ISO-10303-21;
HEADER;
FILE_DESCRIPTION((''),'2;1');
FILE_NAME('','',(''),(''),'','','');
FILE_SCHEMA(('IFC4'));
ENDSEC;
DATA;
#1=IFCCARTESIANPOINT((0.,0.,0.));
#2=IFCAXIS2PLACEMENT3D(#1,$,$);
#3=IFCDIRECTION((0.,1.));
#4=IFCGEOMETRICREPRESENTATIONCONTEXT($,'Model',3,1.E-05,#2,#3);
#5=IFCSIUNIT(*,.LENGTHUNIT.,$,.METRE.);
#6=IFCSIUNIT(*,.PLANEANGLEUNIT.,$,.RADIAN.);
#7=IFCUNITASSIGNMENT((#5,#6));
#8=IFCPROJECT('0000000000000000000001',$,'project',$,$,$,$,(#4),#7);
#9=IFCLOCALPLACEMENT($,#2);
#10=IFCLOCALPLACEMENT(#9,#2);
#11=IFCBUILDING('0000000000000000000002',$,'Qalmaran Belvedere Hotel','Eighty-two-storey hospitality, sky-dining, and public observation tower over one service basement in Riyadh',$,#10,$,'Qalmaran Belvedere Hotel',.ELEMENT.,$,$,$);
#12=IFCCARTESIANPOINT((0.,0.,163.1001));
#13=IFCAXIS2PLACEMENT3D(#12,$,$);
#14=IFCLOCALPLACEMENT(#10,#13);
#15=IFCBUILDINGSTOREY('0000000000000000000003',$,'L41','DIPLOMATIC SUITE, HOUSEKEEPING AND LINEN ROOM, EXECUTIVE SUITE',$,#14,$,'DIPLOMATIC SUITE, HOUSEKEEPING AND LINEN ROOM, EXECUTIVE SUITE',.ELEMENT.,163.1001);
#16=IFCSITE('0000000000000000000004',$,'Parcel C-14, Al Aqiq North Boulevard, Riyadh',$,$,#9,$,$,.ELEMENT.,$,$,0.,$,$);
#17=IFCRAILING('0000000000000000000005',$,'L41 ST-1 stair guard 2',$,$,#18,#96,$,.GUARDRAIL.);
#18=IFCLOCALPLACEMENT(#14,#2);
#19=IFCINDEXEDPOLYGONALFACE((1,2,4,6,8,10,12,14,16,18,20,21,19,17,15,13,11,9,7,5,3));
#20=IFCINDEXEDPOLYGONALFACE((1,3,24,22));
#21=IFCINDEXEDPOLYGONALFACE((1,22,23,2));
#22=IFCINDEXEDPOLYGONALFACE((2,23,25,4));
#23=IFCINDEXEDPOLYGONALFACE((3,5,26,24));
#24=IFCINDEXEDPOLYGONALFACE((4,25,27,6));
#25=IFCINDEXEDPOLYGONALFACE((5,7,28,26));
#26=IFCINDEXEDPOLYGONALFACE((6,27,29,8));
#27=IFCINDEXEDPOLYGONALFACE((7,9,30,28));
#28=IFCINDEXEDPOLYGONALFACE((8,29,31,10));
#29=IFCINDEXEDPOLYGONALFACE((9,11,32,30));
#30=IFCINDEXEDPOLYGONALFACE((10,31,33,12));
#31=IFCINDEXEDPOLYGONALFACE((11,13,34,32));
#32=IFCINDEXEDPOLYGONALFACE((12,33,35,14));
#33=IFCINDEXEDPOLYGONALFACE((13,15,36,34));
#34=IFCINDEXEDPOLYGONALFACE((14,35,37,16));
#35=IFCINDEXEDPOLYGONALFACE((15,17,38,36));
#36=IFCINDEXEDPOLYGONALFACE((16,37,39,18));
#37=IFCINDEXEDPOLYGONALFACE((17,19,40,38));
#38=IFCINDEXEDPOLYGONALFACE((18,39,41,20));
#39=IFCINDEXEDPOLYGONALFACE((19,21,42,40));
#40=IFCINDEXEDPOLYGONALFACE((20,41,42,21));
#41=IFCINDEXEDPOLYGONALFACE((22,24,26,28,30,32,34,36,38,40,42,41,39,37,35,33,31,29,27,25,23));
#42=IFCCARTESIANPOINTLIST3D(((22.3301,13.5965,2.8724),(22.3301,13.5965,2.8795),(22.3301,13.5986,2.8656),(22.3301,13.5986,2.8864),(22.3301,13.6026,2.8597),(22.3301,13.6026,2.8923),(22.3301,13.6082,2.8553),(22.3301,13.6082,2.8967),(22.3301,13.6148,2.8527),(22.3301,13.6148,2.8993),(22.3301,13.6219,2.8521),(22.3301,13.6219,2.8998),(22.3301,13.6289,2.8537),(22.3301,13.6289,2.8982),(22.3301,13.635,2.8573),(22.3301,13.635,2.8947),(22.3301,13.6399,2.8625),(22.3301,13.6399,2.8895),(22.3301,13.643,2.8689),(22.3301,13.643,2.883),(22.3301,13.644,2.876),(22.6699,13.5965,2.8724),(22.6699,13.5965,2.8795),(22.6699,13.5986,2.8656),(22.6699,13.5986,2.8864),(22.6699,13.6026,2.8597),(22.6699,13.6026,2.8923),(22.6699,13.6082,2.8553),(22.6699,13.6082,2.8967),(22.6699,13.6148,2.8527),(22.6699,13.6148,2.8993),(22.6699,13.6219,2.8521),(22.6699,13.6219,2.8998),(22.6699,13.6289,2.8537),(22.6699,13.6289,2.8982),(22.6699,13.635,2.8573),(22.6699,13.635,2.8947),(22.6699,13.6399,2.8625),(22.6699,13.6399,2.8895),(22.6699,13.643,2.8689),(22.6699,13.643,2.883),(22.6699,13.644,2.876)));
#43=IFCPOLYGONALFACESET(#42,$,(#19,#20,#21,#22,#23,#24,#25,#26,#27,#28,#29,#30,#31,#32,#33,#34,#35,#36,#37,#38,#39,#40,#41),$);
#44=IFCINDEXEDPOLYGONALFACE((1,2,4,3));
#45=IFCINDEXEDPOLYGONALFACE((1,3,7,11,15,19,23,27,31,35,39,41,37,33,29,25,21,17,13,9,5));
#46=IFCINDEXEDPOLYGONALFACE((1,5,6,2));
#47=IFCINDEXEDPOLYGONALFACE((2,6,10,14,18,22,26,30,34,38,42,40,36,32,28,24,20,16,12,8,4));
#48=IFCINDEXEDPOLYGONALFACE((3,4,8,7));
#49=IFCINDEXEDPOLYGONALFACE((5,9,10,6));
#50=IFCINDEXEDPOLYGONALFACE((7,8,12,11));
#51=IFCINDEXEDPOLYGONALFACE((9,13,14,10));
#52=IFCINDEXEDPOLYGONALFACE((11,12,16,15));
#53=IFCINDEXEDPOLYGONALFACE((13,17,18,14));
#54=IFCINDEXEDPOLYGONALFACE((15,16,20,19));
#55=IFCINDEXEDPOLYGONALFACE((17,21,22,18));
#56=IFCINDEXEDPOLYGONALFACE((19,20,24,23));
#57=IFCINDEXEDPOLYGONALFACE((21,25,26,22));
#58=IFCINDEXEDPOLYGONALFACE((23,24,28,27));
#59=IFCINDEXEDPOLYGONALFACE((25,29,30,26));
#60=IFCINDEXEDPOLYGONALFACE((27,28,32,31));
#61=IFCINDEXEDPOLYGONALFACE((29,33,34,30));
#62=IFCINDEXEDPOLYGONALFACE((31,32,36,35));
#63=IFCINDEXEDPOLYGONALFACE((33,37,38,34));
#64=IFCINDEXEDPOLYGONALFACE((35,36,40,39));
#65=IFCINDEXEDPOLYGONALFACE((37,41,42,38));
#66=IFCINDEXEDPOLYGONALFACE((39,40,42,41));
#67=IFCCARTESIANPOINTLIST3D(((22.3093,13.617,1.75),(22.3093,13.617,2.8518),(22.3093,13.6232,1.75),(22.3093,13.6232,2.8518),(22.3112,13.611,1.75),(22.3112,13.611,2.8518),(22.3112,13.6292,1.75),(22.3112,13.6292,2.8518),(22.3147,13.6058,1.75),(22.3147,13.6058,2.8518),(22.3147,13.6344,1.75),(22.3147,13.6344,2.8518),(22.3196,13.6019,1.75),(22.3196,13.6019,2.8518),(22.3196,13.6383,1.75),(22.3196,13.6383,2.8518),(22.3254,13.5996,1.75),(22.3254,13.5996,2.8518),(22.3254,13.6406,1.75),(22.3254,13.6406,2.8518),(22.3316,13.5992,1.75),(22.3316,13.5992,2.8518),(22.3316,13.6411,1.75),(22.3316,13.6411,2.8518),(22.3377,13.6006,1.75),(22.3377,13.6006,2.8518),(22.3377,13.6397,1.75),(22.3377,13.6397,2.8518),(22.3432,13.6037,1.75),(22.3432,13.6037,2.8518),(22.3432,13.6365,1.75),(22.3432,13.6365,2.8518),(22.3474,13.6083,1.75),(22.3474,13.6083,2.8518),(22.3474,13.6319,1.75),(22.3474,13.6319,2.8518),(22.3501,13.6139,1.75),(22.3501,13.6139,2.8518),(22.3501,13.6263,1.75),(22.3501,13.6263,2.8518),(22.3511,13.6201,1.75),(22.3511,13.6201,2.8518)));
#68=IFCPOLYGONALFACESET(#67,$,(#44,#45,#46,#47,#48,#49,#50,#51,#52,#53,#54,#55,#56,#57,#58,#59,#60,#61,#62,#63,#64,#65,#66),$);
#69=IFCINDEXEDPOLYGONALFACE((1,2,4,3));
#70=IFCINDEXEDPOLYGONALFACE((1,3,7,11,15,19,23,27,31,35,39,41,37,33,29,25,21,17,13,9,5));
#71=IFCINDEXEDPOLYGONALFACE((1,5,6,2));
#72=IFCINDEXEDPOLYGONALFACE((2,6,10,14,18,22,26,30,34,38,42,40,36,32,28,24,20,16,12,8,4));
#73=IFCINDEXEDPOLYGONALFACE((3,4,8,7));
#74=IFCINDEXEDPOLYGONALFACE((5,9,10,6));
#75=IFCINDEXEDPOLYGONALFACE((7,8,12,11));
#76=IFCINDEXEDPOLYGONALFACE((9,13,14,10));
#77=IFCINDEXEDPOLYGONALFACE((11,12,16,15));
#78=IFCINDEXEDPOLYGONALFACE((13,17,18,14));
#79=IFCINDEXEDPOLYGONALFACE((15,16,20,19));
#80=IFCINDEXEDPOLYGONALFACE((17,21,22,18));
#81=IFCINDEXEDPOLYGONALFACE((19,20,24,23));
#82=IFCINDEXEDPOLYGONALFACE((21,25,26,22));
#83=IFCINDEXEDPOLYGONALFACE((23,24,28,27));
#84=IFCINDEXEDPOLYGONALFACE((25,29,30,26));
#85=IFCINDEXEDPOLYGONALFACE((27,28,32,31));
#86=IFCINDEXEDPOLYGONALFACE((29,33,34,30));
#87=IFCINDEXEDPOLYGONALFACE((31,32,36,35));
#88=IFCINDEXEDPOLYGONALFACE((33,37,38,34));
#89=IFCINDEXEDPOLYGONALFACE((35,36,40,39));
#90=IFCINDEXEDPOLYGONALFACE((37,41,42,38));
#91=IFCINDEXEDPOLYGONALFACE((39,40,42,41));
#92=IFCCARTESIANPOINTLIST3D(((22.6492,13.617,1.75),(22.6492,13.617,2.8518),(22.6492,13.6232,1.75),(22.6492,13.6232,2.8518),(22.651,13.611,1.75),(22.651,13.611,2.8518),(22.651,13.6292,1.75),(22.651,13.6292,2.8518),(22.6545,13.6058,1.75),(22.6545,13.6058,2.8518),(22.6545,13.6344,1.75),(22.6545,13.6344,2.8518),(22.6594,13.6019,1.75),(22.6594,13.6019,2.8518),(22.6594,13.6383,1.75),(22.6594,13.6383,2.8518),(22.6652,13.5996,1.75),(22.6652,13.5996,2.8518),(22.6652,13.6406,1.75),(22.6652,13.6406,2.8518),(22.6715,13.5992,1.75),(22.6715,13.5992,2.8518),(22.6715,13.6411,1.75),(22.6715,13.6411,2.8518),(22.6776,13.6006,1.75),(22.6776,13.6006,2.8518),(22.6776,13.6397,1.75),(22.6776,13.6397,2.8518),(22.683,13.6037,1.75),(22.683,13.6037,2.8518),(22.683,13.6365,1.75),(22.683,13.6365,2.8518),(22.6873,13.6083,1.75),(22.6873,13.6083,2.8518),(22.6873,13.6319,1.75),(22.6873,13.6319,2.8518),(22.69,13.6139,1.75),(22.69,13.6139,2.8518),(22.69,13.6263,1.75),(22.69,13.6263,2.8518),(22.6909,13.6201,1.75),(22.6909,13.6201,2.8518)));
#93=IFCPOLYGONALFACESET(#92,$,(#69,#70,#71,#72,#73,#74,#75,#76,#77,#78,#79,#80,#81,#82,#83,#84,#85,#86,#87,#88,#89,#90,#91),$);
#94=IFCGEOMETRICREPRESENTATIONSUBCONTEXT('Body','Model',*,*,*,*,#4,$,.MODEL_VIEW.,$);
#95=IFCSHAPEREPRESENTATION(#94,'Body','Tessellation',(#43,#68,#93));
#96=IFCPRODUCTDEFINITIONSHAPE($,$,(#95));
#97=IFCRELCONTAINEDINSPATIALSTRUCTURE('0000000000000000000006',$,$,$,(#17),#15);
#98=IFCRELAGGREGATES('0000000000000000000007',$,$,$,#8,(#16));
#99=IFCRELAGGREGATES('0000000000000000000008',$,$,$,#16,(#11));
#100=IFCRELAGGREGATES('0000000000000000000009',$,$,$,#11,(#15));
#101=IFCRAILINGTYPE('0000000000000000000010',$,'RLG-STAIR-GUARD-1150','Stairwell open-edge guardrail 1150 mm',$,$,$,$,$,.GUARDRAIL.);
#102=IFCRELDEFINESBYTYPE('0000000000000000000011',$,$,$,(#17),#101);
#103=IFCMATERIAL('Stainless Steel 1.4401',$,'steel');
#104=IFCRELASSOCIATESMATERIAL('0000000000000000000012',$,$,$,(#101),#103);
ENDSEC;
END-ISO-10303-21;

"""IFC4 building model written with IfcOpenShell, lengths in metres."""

from ifc_helpers import new_model, si_unit, direction, frame, origin, origin_2d, place, context, subcontext, project, spatial, circle, extrude, material, type_object, element, save


model = new_model("IFC4")

# Units and contexts
model_context = context("Model", 3, precision=1e-05, world=origin(), true_north=direction((0.0, 1.0)))
body_context = subcontext(model_context, "Body", "Model", "MODEL_VIEW")
ifc_project = project(units=[si_unit("LENGTHUNIT", "METRE"), si_unit("PLANEANGLEUNIT", "RADIAN")], contexts=[model_context])

# Site, building, storey
site_placement = place(None, origin())
site = spatial("IfcSite", under=ifc_project, at=site_placement, Name="Parcel C-14, Al Aqiq North Boulevard, Riyadh", CompositionType="ELEMENT", RefElevation=0.0)
building_placement = place(site_placement, origin())
building = spatial("IfcBuilding", under=site, at=building_placement, Name="Qalmaran Belvedere Hotel", Description="Eighty-two-storey hospitality, sky-dining, and public observation tower over one service basement in Riyadh", LongName="Qalmaran Belvedere Hotel", CompositionType="ELEMENT")
storey_placement = place(building_placement, frame((0.0, 0.0, 163.1001)))
storey = spatial("IfcBuildingStorey", under=building, at=storey_placement, Name="L41", Description="DIPLOMATIC SUITE, HOUSEKEEPING AND LINEN ROOM, EXECUTIVE SUITE", LongName="DIPLOMATIC SUITE, HOUSEKEEPING AND LINEN ROOM, EXECUTIVE SUITE", CompositionType="ELEMENT", Elevation=163.1001)

# Railing
ifc_material_1 = material(Name="Stainless Steel 1.4401", Category="steel")
railing_type_1 = type_object("IfcRailingType", Name="RLG-STAIR-GUARD-1150", Description="Stairwell open-edge guardrail 1150 mm", PredefinedType="GUARDRAIL", material=ifc_material_1)
railing_1_placement = place(storey_placement, frame((22.3301, 13.6201, 1.75)))
element("IfcRailing", 1, at=railing_1_placement, inside=storey, type_object=railing_type_1, Name="L41 ST-1 stair guard 2", PredefinedType="GUARDRAIL", context=body_context, shape_type="SweptSolid", body=[
    extrude(circle(Radius=0.0239, at=origin_2d()), frame((0.0, 0.0, 1.126), z_axis=(1.0, 0.0, 0.0), x_axis=(0.0, 1.0, 0.0)), (0.0, 0.0, 1.0), 0.3398),
    extrude(circle(Radius=0.021, at=origin_2d()), origin(), (0.0, 0.0, 1.0), 1.1018),
    extrude(circle(Radius=0.021, at=origin_2d()), frame((0.3398, 0.0, 0.0)), (0.0, 0.0, 1.0), 1.1018),
])

save(model, "model.ifc")
